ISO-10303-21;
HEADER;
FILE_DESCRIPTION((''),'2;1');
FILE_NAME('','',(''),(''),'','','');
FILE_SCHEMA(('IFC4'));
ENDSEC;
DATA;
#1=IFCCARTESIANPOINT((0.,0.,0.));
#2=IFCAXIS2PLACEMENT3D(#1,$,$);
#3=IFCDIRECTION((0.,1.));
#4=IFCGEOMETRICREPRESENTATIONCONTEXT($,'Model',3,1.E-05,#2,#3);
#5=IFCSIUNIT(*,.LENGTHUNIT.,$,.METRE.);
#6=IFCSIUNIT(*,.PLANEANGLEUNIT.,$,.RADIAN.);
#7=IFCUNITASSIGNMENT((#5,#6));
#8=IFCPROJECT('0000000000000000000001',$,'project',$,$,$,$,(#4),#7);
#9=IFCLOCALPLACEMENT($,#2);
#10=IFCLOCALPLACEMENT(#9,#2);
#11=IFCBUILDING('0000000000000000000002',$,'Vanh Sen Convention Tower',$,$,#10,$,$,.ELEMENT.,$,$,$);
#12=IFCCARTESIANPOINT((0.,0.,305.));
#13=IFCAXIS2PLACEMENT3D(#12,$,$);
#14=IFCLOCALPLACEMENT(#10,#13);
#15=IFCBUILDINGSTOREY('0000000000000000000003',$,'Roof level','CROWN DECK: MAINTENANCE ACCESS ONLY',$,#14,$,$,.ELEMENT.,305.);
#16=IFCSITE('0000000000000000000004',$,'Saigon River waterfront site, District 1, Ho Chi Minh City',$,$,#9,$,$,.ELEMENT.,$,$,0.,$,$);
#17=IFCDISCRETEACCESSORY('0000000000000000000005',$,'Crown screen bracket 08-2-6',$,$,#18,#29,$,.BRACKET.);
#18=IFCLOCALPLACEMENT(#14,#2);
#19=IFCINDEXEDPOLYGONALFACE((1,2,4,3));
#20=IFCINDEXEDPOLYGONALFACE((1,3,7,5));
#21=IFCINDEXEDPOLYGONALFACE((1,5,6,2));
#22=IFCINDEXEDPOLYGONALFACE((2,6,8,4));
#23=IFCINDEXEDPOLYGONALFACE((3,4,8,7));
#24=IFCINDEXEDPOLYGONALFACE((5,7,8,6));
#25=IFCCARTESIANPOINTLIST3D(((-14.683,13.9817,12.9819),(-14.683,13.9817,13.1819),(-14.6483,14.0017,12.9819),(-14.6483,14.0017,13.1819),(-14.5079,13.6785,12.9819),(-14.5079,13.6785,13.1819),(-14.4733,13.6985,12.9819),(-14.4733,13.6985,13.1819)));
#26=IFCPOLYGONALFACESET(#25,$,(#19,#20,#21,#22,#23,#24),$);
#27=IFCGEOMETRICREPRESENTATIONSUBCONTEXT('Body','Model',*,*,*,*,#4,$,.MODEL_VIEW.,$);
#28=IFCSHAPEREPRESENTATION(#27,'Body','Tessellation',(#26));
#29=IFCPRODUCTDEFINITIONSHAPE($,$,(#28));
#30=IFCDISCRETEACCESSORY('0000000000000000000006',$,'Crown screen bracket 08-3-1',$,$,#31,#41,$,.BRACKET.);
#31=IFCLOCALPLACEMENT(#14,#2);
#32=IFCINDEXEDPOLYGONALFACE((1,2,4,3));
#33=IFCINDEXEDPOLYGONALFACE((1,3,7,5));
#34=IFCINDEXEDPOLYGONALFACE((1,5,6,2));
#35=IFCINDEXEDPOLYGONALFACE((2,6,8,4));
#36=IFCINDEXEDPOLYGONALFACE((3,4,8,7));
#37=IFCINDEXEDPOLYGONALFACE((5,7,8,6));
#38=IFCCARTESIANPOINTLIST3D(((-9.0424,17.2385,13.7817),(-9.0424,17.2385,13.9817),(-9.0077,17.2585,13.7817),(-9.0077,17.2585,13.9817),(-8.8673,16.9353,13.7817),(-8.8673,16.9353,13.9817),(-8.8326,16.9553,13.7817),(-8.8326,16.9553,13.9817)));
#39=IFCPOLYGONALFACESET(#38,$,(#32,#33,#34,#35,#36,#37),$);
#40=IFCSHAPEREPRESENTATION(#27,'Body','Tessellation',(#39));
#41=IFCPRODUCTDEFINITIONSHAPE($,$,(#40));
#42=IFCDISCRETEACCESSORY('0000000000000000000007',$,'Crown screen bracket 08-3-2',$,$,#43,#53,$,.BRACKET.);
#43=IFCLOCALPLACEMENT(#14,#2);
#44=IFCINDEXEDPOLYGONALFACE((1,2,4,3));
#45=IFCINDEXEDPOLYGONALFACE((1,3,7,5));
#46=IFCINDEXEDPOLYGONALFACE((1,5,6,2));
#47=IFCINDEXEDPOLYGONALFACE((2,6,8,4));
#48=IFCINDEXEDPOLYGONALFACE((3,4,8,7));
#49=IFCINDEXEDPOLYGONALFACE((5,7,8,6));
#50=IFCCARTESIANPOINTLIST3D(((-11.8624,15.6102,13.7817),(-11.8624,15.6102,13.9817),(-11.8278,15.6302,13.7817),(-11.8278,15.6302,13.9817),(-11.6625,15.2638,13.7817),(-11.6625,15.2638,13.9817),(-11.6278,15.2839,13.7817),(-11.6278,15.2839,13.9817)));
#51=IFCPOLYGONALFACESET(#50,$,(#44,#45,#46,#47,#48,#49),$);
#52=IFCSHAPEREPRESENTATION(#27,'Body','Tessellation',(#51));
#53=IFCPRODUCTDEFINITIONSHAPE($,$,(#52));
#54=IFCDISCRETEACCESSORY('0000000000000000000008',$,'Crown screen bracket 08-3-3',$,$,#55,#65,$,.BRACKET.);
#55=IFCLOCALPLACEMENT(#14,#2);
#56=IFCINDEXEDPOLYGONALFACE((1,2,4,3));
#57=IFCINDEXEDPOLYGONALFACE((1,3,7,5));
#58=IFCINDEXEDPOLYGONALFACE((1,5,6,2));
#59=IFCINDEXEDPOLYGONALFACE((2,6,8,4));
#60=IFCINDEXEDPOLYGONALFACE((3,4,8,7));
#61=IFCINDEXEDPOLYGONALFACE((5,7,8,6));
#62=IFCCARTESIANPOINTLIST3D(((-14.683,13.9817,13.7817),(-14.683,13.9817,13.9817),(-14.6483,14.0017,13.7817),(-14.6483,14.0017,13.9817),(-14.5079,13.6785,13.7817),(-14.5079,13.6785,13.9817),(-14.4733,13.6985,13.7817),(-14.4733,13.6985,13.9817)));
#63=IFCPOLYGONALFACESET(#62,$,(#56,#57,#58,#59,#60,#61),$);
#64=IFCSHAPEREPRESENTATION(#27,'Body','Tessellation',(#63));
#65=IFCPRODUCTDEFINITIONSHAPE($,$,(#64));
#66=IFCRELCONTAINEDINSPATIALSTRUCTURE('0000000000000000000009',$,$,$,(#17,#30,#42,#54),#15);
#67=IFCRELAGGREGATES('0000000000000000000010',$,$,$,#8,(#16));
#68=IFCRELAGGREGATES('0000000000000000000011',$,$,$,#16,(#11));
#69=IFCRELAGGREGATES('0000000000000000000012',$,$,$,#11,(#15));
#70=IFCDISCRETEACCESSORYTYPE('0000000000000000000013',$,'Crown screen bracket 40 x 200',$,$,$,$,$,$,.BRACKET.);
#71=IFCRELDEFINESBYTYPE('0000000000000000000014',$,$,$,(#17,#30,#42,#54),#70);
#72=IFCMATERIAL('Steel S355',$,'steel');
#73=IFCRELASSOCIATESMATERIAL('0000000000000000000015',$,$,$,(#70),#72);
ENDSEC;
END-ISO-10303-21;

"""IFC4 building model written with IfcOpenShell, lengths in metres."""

from ifc_helpers import new_model, si_unit, direction, frame, origin, origin_2d, place, context, subcontext, project, spatial, rectangle, extrude, material, type_object, element, save


model = new_model("IFC4")

# Units and contexts
model_context = context("Model", 3, precision=1e-05, world=origin(), true_north=direction((0.0, 1.0)))
body_context = subcontext(model_context, "Body", "Model", "MODEL_VIEW")
ifc_project = project(units=[si_unit("LENGTHUNIT", "METRE"), si_unit("PLANEANGLEUNIT", "RADIAN")], contexts=[model_context])

# Site, building, storey
site_placement = place(None, origin())
site = spatial("IfcSite", under=ifc_project, at=site_placement, Name="Saigon River waterfront site, District 1, Ho Chi Minh City", CompositionType="ELEMENT", RefElevation=0.0)
building_placement = place(site_placement, origin())
building = spatial("IfcBuilding", under=site, at=building_placement, Name="Vanh Sen Convention Tower", CompositionType="ELEMENT")
storey_placement = place(building_placement, frame((0.0, 0.0, 305.0)))
storey = spatial("IfcBuildingStorey", under=building, at=storey_placement, Name="Roof level", Description="CROWN DECK: MAINTENANCE ACCESS ONLY", CompositionType="ELEMENT", Elevation=305.0)

# Discrete accessories
ifc_material_1 = material(Name="Steel S355", Category="steel")
discrete_accessory_type_1 = type_object("IfcDiscreteAccessoryType", Name="Crown screen bracket 40 x 200", PredefinedType="BRACKET", material=ifc_material_1)
for number, where, z_axis, x_axis, name in (
    (1, (-14.5781, 13.8401, 12.9819), (0.0, 0.0, 1.0), (-0.500005, 0.866023, 0.0), "Crown screen bracket 08-2-6"),
    (2, (-8.9375, 17.0969, 13.7817), (0.0, 0.0, 1.0), (-0.500005, 0.866023, 0.0), "Crown screen bracket 08-3-1"),
):
    element("IfcDiscreteAccessory", number, at=place(storey_placement, frame(where, z_axis=z_axis, x_axis=x_axis)), inside=storey, type_object=discrete_accessory_type_1, Name=name, PredefinedType="BRACKET", context=body_context, shape_type="SweptSolid", body=[
        extrude(rectangle(XDim=0.3501, YDim=0.04, at=origin_2d()), origin(), (0.0, 0.0, 1.0), 0.2),
    ])
discrete_accessory_1_placement = place(storey_placement, frame((-11.7451, 15.447, 13.7817), z_axis=(0.0, 0.0, 1.0), x_axis=(-0.500005, 0.866023, 0.0)))
element("IfcDiscreteAccessory", 3, at=discrete_accessory_1_placement, inside=storey, type_object=discrete_accessory_type_1, Name="Crown screen bracket 08-3-2", PredefinedType="BRACKET", context=body_context, shape_type="SweptSolid", body=[
    extrude(rectangle(XDim=0.3999, YDim=0.04, at=origin_2d()), origin(), (0.0, 0.0, 1.0), 0.2),
])
discrete_accessory_2_placement = place(storey_placement, frame((-14.5781, 13.8401, 13.7817), z_axis=(0.0, 0.0, 1.0), x_axis=(-0.500005, 0.866023, 0.0)))
element("IfcDiscreteAccessory", 4, at=discrete_accessory_2_placement, inside=storey, type_object=discrete_accessory_type_1, Name="Crown screen bracket 08-3-3", PredefinedType="BRACKET", context=body_context, shape_type="SweptSolid", body=[
    extrude(rectangle(XDim=0.3501, YDim=0.04, at=origin_2d()), origin(), (0.0, 0.0, 1.0), 0.2),
])

save(model, "model.ifc")
